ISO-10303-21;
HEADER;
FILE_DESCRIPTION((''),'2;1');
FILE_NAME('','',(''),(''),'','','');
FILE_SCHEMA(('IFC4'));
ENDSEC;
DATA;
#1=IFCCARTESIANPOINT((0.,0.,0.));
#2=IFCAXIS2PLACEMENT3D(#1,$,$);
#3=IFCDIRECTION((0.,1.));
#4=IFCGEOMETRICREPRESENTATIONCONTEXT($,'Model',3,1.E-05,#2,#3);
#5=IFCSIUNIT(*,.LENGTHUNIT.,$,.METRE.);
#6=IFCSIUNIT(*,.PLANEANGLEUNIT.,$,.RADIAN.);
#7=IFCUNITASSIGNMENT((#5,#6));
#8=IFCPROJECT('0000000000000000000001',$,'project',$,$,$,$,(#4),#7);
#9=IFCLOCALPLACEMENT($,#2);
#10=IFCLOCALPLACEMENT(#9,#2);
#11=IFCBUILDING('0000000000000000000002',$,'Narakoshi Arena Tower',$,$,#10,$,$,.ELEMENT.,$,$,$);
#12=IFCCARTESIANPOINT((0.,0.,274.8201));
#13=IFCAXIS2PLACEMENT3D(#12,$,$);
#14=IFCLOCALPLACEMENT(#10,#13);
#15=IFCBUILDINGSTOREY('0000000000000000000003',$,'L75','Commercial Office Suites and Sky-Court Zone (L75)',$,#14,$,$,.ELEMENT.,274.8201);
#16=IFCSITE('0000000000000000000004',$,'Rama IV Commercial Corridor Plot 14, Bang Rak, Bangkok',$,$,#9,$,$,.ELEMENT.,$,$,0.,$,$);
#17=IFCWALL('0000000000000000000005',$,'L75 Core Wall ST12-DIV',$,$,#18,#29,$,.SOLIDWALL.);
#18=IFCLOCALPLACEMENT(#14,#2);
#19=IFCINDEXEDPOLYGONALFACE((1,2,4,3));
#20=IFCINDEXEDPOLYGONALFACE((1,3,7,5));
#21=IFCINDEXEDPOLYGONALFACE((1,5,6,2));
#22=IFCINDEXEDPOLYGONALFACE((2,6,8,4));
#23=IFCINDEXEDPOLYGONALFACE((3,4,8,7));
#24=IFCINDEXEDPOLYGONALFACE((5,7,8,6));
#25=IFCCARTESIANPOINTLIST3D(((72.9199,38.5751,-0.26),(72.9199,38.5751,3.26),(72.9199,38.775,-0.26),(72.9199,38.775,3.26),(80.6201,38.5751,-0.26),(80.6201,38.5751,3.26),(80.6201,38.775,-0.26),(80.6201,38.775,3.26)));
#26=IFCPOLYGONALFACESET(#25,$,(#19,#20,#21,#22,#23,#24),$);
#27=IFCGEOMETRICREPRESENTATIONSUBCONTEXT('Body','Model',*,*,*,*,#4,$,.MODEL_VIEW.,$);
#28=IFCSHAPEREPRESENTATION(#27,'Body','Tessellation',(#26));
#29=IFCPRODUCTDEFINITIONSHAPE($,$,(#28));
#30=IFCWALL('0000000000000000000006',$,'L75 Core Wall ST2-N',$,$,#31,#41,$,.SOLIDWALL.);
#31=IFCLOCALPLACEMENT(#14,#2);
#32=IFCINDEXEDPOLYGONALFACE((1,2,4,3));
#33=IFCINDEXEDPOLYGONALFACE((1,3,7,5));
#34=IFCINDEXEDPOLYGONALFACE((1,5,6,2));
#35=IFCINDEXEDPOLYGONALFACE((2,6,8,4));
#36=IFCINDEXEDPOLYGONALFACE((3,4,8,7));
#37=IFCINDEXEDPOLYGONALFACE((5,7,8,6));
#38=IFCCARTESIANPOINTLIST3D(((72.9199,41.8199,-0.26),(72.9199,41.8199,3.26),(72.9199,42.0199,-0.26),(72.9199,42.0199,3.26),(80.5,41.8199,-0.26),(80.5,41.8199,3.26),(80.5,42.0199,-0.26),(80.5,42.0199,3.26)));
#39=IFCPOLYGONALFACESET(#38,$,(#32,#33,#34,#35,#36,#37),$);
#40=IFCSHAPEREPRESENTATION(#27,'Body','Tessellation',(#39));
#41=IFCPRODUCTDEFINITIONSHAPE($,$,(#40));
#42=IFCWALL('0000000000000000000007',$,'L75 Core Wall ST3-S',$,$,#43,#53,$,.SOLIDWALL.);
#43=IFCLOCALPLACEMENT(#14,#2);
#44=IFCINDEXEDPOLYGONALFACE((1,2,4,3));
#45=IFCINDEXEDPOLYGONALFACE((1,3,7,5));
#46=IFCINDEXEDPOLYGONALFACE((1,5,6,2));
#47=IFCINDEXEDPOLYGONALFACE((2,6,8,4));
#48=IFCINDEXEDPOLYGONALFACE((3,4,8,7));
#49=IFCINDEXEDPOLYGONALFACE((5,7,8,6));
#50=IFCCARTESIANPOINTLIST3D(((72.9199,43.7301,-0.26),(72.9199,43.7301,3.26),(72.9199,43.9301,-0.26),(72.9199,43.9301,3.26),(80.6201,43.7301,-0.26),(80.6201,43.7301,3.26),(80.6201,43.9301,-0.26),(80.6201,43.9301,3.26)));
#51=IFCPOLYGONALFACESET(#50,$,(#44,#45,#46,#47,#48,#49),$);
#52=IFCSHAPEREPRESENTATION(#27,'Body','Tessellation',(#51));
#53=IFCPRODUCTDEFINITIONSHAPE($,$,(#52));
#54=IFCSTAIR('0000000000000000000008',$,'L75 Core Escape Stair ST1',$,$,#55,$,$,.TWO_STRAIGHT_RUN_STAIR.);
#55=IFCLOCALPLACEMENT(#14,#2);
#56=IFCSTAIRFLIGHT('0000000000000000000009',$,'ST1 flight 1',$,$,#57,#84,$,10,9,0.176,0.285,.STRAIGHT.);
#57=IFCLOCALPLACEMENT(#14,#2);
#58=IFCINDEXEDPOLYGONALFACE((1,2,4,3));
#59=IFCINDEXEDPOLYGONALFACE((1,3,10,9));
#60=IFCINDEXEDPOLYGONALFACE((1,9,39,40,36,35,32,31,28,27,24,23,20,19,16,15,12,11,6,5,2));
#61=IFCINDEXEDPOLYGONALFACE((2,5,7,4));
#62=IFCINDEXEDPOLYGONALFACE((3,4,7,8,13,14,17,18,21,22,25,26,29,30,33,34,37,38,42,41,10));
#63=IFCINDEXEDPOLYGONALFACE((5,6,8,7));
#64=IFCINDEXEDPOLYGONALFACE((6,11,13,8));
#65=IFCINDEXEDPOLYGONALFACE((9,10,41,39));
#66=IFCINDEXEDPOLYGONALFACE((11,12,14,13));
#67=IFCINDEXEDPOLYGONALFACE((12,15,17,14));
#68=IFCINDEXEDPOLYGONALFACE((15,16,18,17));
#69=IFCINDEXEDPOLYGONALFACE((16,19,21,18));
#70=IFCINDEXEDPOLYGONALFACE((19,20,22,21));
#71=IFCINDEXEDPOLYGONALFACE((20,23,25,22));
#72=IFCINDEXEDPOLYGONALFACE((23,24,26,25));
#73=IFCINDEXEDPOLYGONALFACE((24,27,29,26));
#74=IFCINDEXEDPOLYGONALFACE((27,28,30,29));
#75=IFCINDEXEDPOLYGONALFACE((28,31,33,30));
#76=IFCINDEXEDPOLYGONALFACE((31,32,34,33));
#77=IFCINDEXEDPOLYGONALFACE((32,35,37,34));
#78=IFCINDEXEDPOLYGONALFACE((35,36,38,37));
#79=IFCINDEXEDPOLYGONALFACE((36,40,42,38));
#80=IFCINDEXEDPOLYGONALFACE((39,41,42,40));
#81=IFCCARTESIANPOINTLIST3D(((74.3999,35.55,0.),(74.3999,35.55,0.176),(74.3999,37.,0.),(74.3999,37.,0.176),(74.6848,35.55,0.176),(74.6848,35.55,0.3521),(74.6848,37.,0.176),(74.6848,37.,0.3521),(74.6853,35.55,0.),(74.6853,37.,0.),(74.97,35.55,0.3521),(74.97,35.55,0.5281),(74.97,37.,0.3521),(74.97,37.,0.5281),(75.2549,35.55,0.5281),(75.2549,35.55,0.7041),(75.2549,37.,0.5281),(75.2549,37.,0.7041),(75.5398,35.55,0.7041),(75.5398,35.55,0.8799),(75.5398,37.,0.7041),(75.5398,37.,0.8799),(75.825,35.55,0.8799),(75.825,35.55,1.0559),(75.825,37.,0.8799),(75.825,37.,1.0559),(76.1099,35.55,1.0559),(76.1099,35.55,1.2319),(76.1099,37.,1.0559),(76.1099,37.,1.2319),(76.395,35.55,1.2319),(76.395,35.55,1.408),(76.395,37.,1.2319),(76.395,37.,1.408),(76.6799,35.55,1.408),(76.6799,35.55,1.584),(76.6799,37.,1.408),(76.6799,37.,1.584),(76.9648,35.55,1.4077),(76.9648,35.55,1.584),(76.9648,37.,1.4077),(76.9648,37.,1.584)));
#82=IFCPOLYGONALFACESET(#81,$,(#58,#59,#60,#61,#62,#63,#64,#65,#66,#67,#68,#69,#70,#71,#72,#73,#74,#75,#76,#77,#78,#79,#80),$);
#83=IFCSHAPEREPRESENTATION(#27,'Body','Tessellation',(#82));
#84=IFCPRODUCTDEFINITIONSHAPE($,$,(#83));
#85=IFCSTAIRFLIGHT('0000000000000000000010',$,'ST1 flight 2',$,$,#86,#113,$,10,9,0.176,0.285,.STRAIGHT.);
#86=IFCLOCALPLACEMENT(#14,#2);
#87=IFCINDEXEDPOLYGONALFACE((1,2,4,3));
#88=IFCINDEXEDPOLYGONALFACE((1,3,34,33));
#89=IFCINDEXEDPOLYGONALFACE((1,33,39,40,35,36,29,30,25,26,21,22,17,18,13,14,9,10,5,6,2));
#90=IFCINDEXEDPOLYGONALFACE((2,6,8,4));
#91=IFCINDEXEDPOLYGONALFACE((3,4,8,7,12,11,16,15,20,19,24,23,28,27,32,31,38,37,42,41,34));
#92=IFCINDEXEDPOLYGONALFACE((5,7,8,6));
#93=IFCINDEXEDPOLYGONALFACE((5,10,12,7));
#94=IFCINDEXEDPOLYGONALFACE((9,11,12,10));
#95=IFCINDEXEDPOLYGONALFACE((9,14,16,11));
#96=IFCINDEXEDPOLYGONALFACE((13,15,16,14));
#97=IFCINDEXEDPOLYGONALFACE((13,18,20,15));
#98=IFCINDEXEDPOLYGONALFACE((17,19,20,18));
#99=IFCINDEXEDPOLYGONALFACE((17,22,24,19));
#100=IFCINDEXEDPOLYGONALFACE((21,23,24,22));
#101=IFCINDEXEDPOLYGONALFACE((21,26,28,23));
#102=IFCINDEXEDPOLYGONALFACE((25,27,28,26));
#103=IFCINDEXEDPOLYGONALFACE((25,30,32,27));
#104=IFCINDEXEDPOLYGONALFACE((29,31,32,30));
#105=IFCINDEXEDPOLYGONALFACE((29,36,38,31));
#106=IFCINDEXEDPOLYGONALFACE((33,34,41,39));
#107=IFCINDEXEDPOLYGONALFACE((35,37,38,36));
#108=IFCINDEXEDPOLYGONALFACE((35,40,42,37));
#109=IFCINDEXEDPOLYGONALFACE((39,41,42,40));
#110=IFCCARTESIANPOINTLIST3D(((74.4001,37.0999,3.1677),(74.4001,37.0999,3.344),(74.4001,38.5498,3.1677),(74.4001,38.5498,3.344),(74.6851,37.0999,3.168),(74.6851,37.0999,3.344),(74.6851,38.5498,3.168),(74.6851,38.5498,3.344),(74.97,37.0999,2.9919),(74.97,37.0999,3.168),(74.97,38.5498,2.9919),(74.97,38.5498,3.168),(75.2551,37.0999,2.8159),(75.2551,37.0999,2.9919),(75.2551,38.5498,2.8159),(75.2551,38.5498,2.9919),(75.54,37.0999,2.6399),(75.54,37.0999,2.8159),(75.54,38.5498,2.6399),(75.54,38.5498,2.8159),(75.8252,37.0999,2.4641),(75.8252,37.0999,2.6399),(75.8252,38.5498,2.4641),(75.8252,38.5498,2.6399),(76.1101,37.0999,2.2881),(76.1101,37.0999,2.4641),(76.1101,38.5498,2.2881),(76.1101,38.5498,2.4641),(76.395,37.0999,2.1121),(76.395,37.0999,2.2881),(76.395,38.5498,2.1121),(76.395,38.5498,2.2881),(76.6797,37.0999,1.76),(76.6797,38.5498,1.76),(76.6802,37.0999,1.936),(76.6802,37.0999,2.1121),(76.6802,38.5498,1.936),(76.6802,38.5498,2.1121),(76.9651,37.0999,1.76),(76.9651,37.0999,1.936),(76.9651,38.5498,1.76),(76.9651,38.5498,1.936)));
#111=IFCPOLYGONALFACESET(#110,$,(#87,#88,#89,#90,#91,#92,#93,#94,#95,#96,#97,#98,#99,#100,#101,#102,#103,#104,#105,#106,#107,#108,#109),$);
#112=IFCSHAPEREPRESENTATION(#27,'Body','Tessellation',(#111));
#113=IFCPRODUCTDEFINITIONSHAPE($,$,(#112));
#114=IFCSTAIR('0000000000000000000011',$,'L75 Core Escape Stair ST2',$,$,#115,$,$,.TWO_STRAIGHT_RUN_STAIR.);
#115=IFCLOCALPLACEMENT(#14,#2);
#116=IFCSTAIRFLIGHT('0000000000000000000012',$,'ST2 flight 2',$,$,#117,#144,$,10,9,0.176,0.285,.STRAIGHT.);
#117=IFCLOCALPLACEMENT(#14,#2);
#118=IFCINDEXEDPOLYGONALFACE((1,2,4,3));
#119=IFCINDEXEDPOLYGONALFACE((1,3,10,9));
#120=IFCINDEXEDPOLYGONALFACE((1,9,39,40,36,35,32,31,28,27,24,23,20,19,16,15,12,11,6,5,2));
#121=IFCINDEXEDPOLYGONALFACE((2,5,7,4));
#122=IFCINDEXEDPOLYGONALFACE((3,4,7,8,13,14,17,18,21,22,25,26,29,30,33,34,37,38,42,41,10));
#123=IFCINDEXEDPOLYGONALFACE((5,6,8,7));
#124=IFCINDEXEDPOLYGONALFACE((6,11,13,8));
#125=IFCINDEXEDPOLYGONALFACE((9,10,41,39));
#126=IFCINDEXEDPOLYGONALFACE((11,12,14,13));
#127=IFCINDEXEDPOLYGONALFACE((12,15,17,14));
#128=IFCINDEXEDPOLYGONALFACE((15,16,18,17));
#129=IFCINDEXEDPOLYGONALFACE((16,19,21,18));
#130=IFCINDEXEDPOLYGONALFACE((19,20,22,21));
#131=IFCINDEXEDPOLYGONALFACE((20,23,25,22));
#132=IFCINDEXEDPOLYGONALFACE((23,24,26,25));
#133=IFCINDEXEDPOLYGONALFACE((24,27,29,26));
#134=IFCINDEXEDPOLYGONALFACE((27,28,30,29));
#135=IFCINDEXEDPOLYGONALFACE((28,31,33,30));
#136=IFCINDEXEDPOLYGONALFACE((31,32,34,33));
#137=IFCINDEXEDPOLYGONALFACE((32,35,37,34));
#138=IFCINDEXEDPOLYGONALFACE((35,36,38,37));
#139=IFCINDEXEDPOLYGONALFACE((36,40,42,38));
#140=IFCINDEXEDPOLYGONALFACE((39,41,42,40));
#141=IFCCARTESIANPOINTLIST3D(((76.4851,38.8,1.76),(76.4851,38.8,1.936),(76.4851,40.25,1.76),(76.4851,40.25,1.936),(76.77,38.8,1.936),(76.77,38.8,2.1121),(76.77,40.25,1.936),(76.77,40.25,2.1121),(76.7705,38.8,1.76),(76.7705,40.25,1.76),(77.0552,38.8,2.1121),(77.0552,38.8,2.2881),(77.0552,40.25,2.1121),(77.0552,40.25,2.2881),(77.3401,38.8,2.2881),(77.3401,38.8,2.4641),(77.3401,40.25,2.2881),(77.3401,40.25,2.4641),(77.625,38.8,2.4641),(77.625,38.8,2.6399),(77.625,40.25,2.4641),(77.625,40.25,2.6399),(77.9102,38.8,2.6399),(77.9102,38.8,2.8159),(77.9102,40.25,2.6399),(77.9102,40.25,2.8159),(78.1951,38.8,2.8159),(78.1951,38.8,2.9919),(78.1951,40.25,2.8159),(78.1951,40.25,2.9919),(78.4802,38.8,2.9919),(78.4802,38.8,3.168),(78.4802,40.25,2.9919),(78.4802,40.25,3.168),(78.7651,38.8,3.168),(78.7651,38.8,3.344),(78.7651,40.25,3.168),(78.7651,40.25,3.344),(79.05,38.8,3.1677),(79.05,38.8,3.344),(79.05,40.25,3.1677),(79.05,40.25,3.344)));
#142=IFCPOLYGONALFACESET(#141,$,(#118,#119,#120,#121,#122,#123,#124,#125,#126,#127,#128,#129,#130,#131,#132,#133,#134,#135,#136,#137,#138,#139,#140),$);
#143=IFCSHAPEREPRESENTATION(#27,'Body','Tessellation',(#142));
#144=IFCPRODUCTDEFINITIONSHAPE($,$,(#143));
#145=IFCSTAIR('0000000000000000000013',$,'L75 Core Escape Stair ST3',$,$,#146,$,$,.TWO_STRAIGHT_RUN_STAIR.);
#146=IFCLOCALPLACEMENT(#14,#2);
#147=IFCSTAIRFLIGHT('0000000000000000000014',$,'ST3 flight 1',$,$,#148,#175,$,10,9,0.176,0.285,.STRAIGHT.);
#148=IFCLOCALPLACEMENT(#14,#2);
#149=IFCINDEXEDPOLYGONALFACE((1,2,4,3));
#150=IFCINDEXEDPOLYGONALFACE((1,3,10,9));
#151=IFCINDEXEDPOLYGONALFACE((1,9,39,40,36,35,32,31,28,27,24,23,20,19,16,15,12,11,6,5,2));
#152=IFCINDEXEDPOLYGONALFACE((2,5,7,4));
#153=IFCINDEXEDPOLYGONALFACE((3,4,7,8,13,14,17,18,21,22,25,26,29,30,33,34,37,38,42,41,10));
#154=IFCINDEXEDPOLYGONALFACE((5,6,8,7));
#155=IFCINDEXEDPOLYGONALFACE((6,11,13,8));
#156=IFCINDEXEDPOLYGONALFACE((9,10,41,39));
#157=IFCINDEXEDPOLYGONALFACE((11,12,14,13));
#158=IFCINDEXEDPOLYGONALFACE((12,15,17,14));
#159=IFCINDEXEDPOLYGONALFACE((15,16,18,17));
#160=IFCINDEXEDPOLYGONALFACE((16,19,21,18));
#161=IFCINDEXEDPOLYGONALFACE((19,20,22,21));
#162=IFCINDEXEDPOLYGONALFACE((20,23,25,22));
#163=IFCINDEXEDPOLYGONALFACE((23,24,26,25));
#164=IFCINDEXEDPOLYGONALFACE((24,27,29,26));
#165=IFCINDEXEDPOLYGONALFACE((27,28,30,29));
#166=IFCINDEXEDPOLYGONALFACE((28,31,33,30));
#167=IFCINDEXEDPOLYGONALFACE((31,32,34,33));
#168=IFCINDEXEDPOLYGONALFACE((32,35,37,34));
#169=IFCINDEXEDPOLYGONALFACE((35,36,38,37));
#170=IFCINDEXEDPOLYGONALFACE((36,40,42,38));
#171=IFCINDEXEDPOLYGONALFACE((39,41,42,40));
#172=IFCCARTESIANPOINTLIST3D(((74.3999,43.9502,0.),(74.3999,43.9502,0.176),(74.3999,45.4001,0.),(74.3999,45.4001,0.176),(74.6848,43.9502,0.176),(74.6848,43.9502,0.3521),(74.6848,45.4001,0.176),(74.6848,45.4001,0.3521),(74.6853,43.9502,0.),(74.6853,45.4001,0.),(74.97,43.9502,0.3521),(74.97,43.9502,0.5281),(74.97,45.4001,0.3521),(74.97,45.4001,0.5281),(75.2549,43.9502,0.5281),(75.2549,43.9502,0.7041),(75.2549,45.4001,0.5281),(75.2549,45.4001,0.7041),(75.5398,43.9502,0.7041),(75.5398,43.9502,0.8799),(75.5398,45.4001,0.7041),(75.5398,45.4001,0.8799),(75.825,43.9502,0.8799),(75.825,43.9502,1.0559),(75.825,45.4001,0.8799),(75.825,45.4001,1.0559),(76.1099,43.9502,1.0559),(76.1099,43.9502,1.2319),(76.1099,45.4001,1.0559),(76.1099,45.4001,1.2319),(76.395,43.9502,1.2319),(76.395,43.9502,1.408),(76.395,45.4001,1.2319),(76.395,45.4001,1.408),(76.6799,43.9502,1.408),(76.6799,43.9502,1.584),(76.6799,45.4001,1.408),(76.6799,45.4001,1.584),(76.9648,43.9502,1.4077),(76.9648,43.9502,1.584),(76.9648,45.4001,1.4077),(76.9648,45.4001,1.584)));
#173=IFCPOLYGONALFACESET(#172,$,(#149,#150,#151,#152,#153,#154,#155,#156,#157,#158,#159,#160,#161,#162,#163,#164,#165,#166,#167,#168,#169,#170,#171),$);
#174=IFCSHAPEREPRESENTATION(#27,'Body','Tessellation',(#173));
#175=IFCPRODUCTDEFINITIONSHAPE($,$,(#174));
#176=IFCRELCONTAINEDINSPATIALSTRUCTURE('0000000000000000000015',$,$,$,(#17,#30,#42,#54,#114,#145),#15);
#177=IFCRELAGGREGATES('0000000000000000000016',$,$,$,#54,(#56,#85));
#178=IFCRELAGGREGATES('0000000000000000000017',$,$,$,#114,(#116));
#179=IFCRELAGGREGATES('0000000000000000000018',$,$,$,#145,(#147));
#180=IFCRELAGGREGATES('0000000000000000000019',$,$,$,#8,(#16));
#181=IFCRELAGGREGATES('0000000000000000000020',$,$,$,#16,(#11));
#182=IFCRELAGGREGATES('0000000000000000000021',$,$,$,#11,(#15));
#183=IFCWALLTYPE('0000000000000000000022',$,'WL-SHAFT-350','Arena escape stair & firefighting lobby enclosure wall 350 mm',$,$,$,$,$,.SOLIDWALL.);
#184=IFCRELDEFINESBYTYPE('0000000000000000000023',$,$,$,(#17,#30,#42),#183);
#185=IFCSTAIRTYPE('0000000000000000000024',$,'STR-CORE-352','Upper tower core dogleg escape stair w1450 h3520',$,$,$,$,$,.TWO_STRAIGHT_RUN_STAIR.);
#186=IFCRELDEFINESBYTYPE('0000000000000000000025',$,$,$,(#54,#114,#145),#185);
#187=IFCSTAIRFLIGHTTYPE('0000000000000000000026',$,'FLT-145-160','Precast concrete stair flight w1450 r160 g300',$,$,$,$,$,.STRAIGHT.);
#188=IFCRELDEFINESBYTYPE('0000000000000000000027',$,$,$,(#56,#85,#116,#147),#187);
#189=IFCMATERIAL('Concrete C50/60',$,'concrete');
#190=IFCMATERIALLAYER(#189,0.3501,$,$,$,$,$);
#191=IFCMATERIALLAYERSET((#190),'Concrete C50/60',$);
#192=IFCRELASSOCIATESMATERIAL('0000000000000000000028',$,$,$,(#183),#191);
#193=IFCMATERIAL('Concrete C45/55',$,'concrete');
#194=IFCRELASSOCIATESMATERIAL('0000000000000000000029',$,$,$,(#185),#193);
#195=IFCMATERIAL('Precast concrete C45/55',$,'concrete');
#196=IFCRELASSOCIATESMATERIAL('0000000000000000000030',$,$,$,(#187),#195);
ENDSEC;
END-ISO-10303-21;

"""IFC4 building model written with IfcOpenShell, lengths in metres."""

from ifc_helpers import new_model, si_unit, direction, frame, frame_2d, origin, place, context, subcontext, project, spatial, polyline, rectangle, outline, extrude, material, layer, layer_set, type_object, element, aggregate, save


model = new_model("IFC4")

# Units and contexts
model_context = context("Model", 3, precision=1e-05, world=origin(), true_north=direction((0.0, 1.0)))
body_context = subcontext(model_context, "Body", "Model", "MODEL_VIEW")
ifc_project = project(units=[si_unit("LENGTHUNIT", "METRE"), si_unit("PLANEANGLEUNIT", "RADIAN")], contexts=[model_context])

# Site, building, storey
site_placement = place(None, origin())
site = spatial("IfcSite", under=ifc_project, at=site_placement, Name="Rama IV Commercial Corridor Plot 14, Bang Rak, Bangkok", CompositionType="ELEMENT", RefElevation=0.0)
building_placement = place(site_placement, origin())
building = spatial("IfcBuilding", under=site, at=building_placement, Name="Narakoshi Arena Tower", CompositionType="ELEMENT")
storey_placement = place(building_placement, frame((0.0, 0.0, 274.8201)))
storey = spatial("IfcBuildingStorey", under=building, at=storey_placement, Name="L75", Description="Commercial Office Suites and Sky-Court Zone (L75)", CompositionType="ELEMENT", Elevation=274.8201)

# Shared definitions
ifc_material_1 = material(Name="Concrete C50/60", Category="concrete")

# Shared definitions
ifc_material_2 = material(Name="Precast concrete C45/55", Category="concrete")

# Walls
ifc_layer_1 = layer(ifc_material_1, 0.3501)
ifc_layer_set_1 = layer_set([ifc_layer_1], Name="Concrete C50/60")
wall_type_1 = type_object("IfcWallType", Name="WL-SHAFT-350", Description="Arena escape stair & firefighting lobby enclosure wall 350 mm", PredefinedType="SOLIDWALL", material=ifc_layer_set_1)
for number, where, z_axis, x_axis, name in (
    (1, (72.9199, 38.675, -0.26), (0.0, 0.0, 1.0), (1.0, 0.0, 0.0), "L75 Core Wall ST12-DIV"),
):
    element("IfcWall", number, at=place(storey_placement, frame(where, z_axis=z_axis, x_axis=x_axis)), inside=storey, type_object=wall_type_1, Name=name, PredefinedType="SOLIDWALL", context=body_context, shape_type="SweptSolid", body=[
        extrude(rectangle(XDim=7.7002, YDim=0.2, at=frame_2d((3.8501, 0.0))), origin(), (0.0, 0.0, 1.0), 3.52),
    ])
wall_1_placement = place(storey_placement, frame((72.9199, 41.9199, -0.26), z_axis=(0.0, 0.0, 1.0), x_axis=(1.0, 0.0, 0.0)))
element("IfcWall", 2, at=wall_1_placement, inside=storey, type_object=wall_type_1, Name="L75 Core Wall ST2-N", PredefinedType="SOLIDWALL", context=body_context, shape_type="SweptSolid", body=[
    extrude(rectangle(XDim=7.5801, YDim=0.2, at=frame_2d((3.79, 0.0))), origin(), (0.0, 0.0, 1.0), 3.52),
])
wall_2_placement = place(storey_placement, frame((72.9199, 43.8301, -0.26), z_axis=(0.0, 0.0, 1.0), x_axis=(1.0, 0.0, 0.0)))
element("IfcWall", 3, at=wall_2_placement, inside=storey, type_object=wall_type_1, Name="L75 Core Wall ST3-S", PredefinedType="SOLIDWALL", context=body_context, shape_type="SweptSolid", body=[
    extrude(rectangle(XDim=7.7002, YDim=0.2, at=frame_2d((3.8501, 0.0))), origin(), (0.0, 0.0, 1.0), 3.52),
])

# Stair, stair flights
ifc_material_3 = material(Name="Concrete C45/55", Category="concrete")
stair_type = type_object("IfcStairType", Name="STR-CORE-352", Description="Upper tower core dogleg escape stair w1450 h3520", PredefinedType="TWO_STRAIGHT_RUN_STAIR", material=ifc_material_3)
stair_1_placement = place(storey_placement, origin())
stair_1 = element("IfcStair", 4, at=stair_1_placement, inside=storey, type_object=stair_type, Name="L75 Core Escape Stair ST1", PredefinedType="TWO_STRAIGHT_RUN_STAIR")
stair_flight_type = type_object("IfcStairFlightType", Name="FLT-145-160", Description="Precast concrete stair flight w1450 r160 g300", PredefinedType="STRAIGHT", material=ifc_material_2)
stair_flight_1_placement = place(storey_placement, frame((74.3999, 36.2749, 0.0), z_axis=(0.0, 0.0, 1.0), x_axis=(1.0, 0.0, 0.0)))
stair_flight_1 = element("IfcStairFlight", 5, at=stair_flight_1_placement, type_object=stair_flight_type, Name="ST1 flight 1", NumberOfRisers=10, NumberOfTreads=9, PredefinedType="STRAIGHT", RiserHeight=0.176, TreadLength=0.285, context=body_context, shape_type="SweptSolid", body=[
    extrude(outline(polyline([(0.0, 0.0), (0.0, 0.176), (0.2849, 0.176), (0.2849, 0.3521), (0.5701, 0.3521), (0.5701, 0.5281), (0.855, 0.5281), (0.855, 0.7041), (1.1399, 0.7041), (1.1399, 0.8799), (1.425, 0.8799), (1.425, 1.0559), (1.71, 1.0559), (1.71, 1.2319), (1.9951, 1.2319), (1.9951, 1.408), (2.28, 1.408), (2.28, 1.584), (2.5649, 1.584), (2.5649, 1.76), (2.5649, 1.4077), (0.2854, 0.0), (0.0, 0.0)])), frame((0.0, 0.7251, 0.0), z_axis=(0.0, -1.0, 0.0), x_axis=(1.0, 0.0, 0.0)), (0.0, 0.0, 1.0), 1.45),
])
stair_flight_2_placement = place(storey_placement, frame((76.9651, 37.825, 1.76), z_axis=(0.0, 0.0, 1.0), x_axis=(-1.0, 0.0, 0.0)))
stair_flight_2 = element("IfcStairFlight", 6, at=stair_flight_2_placement, type_object=stair_flight_type, Name="ST1 flight 2", NumberOfRisers=10, NumberOfTreads=9, PredefinedType="STRAIGHT", RiserHeight=0.176, TreadLength=0.285, context=body_context, shape_type="SweptSolid", body=[
    extrude(outline(polyline([(0.0, 0.0), (0.0, 0.176), (0.2849, 0.176), (0.2849, 0.3521), (0.5701, 0.3521), (0.5701, 0.5281), (0.855, 0.5281), (0.855, 0.7041), (1.1399, 0.7041), (1.1399, 0.8799), (1.425, 0.8799), (1.425, 1.0559), (1.71, 1.0559), (1.71, 1.2319), (1.9951, 1.2319), (1.9951, 1.408), (2.28, 1.408), (2.28, 1.584), (2.5649, 1.584), (2.5649, 1.76), (2.5649, 1.4077), (0.2854, 0.0), (0.0, 0.0)])), frame((0.0, 0.7251, 0.0), z_axis=(0.0, -1.0, 0.0), x_axis=(1.0, 0.0, 0.0)), (0.0, 0.0, 1.0), 1.45),
])
aggregate(stair_1, [stair_flight_1, stair_flight_2])

# Stairs, stair flights
stair_2_placement = place(storey_placement, origin())
stair_2 = element("IfcStair", 7, at=stair_2_placement, inside=storey, type_object=stair_type, Name="L75 Core Escape Stair ST2", PredefinedType="TWO_STRAIGHT_RUN_STAIR")
stair_flight_3_placement = place(storey_placement, frame((76.4851, 39.5249, 1.76), z_axis=(0.0, 0.0, 1.0), x_axis=(1.0, 0.0, 0.0)))
stair_flight_3 = element("IfcStairFlight", 8, at=stair_flight_3_placement, type_object=stair_flight_type, Name="ST2 flight 2", NumberOfRisers=10, NumberOfTreads=9, PredefinedType="STRAIGHT", RiserHeight=0.176, TreadLength=0.285, context=body_context, shape_type="SweptSolid", body=[
    extrude(outline(polyline([(0.0, 0.0), (0.0, 0.176), (0.2849, 0.176), (0.2849, 0.3521), (0.5701, 0.3521), (0.5701, 0.5281), (0.855, 0.5281), (0.855, 0.7041), (1.1399, 0.7041), (1.1399, 0.8799), (1.425, 0.8799), (1.425, 1.0559), (1.71, 1.0559), (1.71, 1.2319), (1.9951, 1.2319), (1.9951, 1.408), (2.28, 1.408), (2.28, 1.584), (2.5649, 1.584), (2.5649, 1.76), (2.5649, 1.4077), (0.2854, 0.0), (0.0, 0.0)])), frame((0.0, 0.7251, 0.0), z_axis=(0.0, -1.0, 0.0), x_axis=(1.0, 0.0, 0.0)), (0.0, 0.0, 1.0), 1.45),
])
aggregate(stair_2, [stair_flight_3])
stair_3_placement = place(storey_placement, origin())
stair_3 = element("IfcStair", 9, at=stair_3_placement, inside=storey, type_object=stair_type, Name="L75 Core Escape Stair ST3", PredefinedType="TWO_STRAIGHT_RUN_STAIR")
stair_flight_4_placement = place(storey_placement, frame((74.3999, 44.675, 0.0), z_axis=(0.0, 0.0, 1.0), x_axis=(1.0, 0.0, 0.0)))
stair_flight_4 = element("IfcStairFlight", 10, at=stair_flight_4_placement, type_object=stair_flight_type, Name="ST3 flight 1", NumberOfRisers=10, NumberOfTreads=9, PredefinedType="STRAIGHT", RiserHeight=0.176, TreadLength=0.285, context=body_context, shape_type="SweptSolid", body=[
    extrude(outline(polyline([(0.0, 0.0), (0.0, 0.176), (0.2849, 0.176), (0.2849, 0.3521), (0.5701, 0.3521), (0.5701, 0.5281), (0.855, 0.5281), (0.855, 0.7041), (1.1399, 0.7041), (1.1399, 0.8799), (1.425, 0.8799), (1.425, 1.0559), (1.71, 1.0559), (1.71, 1.2319), (1.9951, 1.2319), (1.9951, 1.408), (2.28, 1.408), (2.28, 1.584), (2.5649, 1.584), (2.5649, 1.76), (2.5649, 1.4077), (0.2854, 0.0), (0.0, 0.0)])), frame((0.0, 0.7251, 0.0), z_axis=(0.0, -1.0, 0.0), x_axis=(1.0, 0.0, 0.0)), (0.0, 0.0, 1.0), 1.45),
])
aggregate(stair_3, [stair_flight_4])

save(model, "model.ifc")
